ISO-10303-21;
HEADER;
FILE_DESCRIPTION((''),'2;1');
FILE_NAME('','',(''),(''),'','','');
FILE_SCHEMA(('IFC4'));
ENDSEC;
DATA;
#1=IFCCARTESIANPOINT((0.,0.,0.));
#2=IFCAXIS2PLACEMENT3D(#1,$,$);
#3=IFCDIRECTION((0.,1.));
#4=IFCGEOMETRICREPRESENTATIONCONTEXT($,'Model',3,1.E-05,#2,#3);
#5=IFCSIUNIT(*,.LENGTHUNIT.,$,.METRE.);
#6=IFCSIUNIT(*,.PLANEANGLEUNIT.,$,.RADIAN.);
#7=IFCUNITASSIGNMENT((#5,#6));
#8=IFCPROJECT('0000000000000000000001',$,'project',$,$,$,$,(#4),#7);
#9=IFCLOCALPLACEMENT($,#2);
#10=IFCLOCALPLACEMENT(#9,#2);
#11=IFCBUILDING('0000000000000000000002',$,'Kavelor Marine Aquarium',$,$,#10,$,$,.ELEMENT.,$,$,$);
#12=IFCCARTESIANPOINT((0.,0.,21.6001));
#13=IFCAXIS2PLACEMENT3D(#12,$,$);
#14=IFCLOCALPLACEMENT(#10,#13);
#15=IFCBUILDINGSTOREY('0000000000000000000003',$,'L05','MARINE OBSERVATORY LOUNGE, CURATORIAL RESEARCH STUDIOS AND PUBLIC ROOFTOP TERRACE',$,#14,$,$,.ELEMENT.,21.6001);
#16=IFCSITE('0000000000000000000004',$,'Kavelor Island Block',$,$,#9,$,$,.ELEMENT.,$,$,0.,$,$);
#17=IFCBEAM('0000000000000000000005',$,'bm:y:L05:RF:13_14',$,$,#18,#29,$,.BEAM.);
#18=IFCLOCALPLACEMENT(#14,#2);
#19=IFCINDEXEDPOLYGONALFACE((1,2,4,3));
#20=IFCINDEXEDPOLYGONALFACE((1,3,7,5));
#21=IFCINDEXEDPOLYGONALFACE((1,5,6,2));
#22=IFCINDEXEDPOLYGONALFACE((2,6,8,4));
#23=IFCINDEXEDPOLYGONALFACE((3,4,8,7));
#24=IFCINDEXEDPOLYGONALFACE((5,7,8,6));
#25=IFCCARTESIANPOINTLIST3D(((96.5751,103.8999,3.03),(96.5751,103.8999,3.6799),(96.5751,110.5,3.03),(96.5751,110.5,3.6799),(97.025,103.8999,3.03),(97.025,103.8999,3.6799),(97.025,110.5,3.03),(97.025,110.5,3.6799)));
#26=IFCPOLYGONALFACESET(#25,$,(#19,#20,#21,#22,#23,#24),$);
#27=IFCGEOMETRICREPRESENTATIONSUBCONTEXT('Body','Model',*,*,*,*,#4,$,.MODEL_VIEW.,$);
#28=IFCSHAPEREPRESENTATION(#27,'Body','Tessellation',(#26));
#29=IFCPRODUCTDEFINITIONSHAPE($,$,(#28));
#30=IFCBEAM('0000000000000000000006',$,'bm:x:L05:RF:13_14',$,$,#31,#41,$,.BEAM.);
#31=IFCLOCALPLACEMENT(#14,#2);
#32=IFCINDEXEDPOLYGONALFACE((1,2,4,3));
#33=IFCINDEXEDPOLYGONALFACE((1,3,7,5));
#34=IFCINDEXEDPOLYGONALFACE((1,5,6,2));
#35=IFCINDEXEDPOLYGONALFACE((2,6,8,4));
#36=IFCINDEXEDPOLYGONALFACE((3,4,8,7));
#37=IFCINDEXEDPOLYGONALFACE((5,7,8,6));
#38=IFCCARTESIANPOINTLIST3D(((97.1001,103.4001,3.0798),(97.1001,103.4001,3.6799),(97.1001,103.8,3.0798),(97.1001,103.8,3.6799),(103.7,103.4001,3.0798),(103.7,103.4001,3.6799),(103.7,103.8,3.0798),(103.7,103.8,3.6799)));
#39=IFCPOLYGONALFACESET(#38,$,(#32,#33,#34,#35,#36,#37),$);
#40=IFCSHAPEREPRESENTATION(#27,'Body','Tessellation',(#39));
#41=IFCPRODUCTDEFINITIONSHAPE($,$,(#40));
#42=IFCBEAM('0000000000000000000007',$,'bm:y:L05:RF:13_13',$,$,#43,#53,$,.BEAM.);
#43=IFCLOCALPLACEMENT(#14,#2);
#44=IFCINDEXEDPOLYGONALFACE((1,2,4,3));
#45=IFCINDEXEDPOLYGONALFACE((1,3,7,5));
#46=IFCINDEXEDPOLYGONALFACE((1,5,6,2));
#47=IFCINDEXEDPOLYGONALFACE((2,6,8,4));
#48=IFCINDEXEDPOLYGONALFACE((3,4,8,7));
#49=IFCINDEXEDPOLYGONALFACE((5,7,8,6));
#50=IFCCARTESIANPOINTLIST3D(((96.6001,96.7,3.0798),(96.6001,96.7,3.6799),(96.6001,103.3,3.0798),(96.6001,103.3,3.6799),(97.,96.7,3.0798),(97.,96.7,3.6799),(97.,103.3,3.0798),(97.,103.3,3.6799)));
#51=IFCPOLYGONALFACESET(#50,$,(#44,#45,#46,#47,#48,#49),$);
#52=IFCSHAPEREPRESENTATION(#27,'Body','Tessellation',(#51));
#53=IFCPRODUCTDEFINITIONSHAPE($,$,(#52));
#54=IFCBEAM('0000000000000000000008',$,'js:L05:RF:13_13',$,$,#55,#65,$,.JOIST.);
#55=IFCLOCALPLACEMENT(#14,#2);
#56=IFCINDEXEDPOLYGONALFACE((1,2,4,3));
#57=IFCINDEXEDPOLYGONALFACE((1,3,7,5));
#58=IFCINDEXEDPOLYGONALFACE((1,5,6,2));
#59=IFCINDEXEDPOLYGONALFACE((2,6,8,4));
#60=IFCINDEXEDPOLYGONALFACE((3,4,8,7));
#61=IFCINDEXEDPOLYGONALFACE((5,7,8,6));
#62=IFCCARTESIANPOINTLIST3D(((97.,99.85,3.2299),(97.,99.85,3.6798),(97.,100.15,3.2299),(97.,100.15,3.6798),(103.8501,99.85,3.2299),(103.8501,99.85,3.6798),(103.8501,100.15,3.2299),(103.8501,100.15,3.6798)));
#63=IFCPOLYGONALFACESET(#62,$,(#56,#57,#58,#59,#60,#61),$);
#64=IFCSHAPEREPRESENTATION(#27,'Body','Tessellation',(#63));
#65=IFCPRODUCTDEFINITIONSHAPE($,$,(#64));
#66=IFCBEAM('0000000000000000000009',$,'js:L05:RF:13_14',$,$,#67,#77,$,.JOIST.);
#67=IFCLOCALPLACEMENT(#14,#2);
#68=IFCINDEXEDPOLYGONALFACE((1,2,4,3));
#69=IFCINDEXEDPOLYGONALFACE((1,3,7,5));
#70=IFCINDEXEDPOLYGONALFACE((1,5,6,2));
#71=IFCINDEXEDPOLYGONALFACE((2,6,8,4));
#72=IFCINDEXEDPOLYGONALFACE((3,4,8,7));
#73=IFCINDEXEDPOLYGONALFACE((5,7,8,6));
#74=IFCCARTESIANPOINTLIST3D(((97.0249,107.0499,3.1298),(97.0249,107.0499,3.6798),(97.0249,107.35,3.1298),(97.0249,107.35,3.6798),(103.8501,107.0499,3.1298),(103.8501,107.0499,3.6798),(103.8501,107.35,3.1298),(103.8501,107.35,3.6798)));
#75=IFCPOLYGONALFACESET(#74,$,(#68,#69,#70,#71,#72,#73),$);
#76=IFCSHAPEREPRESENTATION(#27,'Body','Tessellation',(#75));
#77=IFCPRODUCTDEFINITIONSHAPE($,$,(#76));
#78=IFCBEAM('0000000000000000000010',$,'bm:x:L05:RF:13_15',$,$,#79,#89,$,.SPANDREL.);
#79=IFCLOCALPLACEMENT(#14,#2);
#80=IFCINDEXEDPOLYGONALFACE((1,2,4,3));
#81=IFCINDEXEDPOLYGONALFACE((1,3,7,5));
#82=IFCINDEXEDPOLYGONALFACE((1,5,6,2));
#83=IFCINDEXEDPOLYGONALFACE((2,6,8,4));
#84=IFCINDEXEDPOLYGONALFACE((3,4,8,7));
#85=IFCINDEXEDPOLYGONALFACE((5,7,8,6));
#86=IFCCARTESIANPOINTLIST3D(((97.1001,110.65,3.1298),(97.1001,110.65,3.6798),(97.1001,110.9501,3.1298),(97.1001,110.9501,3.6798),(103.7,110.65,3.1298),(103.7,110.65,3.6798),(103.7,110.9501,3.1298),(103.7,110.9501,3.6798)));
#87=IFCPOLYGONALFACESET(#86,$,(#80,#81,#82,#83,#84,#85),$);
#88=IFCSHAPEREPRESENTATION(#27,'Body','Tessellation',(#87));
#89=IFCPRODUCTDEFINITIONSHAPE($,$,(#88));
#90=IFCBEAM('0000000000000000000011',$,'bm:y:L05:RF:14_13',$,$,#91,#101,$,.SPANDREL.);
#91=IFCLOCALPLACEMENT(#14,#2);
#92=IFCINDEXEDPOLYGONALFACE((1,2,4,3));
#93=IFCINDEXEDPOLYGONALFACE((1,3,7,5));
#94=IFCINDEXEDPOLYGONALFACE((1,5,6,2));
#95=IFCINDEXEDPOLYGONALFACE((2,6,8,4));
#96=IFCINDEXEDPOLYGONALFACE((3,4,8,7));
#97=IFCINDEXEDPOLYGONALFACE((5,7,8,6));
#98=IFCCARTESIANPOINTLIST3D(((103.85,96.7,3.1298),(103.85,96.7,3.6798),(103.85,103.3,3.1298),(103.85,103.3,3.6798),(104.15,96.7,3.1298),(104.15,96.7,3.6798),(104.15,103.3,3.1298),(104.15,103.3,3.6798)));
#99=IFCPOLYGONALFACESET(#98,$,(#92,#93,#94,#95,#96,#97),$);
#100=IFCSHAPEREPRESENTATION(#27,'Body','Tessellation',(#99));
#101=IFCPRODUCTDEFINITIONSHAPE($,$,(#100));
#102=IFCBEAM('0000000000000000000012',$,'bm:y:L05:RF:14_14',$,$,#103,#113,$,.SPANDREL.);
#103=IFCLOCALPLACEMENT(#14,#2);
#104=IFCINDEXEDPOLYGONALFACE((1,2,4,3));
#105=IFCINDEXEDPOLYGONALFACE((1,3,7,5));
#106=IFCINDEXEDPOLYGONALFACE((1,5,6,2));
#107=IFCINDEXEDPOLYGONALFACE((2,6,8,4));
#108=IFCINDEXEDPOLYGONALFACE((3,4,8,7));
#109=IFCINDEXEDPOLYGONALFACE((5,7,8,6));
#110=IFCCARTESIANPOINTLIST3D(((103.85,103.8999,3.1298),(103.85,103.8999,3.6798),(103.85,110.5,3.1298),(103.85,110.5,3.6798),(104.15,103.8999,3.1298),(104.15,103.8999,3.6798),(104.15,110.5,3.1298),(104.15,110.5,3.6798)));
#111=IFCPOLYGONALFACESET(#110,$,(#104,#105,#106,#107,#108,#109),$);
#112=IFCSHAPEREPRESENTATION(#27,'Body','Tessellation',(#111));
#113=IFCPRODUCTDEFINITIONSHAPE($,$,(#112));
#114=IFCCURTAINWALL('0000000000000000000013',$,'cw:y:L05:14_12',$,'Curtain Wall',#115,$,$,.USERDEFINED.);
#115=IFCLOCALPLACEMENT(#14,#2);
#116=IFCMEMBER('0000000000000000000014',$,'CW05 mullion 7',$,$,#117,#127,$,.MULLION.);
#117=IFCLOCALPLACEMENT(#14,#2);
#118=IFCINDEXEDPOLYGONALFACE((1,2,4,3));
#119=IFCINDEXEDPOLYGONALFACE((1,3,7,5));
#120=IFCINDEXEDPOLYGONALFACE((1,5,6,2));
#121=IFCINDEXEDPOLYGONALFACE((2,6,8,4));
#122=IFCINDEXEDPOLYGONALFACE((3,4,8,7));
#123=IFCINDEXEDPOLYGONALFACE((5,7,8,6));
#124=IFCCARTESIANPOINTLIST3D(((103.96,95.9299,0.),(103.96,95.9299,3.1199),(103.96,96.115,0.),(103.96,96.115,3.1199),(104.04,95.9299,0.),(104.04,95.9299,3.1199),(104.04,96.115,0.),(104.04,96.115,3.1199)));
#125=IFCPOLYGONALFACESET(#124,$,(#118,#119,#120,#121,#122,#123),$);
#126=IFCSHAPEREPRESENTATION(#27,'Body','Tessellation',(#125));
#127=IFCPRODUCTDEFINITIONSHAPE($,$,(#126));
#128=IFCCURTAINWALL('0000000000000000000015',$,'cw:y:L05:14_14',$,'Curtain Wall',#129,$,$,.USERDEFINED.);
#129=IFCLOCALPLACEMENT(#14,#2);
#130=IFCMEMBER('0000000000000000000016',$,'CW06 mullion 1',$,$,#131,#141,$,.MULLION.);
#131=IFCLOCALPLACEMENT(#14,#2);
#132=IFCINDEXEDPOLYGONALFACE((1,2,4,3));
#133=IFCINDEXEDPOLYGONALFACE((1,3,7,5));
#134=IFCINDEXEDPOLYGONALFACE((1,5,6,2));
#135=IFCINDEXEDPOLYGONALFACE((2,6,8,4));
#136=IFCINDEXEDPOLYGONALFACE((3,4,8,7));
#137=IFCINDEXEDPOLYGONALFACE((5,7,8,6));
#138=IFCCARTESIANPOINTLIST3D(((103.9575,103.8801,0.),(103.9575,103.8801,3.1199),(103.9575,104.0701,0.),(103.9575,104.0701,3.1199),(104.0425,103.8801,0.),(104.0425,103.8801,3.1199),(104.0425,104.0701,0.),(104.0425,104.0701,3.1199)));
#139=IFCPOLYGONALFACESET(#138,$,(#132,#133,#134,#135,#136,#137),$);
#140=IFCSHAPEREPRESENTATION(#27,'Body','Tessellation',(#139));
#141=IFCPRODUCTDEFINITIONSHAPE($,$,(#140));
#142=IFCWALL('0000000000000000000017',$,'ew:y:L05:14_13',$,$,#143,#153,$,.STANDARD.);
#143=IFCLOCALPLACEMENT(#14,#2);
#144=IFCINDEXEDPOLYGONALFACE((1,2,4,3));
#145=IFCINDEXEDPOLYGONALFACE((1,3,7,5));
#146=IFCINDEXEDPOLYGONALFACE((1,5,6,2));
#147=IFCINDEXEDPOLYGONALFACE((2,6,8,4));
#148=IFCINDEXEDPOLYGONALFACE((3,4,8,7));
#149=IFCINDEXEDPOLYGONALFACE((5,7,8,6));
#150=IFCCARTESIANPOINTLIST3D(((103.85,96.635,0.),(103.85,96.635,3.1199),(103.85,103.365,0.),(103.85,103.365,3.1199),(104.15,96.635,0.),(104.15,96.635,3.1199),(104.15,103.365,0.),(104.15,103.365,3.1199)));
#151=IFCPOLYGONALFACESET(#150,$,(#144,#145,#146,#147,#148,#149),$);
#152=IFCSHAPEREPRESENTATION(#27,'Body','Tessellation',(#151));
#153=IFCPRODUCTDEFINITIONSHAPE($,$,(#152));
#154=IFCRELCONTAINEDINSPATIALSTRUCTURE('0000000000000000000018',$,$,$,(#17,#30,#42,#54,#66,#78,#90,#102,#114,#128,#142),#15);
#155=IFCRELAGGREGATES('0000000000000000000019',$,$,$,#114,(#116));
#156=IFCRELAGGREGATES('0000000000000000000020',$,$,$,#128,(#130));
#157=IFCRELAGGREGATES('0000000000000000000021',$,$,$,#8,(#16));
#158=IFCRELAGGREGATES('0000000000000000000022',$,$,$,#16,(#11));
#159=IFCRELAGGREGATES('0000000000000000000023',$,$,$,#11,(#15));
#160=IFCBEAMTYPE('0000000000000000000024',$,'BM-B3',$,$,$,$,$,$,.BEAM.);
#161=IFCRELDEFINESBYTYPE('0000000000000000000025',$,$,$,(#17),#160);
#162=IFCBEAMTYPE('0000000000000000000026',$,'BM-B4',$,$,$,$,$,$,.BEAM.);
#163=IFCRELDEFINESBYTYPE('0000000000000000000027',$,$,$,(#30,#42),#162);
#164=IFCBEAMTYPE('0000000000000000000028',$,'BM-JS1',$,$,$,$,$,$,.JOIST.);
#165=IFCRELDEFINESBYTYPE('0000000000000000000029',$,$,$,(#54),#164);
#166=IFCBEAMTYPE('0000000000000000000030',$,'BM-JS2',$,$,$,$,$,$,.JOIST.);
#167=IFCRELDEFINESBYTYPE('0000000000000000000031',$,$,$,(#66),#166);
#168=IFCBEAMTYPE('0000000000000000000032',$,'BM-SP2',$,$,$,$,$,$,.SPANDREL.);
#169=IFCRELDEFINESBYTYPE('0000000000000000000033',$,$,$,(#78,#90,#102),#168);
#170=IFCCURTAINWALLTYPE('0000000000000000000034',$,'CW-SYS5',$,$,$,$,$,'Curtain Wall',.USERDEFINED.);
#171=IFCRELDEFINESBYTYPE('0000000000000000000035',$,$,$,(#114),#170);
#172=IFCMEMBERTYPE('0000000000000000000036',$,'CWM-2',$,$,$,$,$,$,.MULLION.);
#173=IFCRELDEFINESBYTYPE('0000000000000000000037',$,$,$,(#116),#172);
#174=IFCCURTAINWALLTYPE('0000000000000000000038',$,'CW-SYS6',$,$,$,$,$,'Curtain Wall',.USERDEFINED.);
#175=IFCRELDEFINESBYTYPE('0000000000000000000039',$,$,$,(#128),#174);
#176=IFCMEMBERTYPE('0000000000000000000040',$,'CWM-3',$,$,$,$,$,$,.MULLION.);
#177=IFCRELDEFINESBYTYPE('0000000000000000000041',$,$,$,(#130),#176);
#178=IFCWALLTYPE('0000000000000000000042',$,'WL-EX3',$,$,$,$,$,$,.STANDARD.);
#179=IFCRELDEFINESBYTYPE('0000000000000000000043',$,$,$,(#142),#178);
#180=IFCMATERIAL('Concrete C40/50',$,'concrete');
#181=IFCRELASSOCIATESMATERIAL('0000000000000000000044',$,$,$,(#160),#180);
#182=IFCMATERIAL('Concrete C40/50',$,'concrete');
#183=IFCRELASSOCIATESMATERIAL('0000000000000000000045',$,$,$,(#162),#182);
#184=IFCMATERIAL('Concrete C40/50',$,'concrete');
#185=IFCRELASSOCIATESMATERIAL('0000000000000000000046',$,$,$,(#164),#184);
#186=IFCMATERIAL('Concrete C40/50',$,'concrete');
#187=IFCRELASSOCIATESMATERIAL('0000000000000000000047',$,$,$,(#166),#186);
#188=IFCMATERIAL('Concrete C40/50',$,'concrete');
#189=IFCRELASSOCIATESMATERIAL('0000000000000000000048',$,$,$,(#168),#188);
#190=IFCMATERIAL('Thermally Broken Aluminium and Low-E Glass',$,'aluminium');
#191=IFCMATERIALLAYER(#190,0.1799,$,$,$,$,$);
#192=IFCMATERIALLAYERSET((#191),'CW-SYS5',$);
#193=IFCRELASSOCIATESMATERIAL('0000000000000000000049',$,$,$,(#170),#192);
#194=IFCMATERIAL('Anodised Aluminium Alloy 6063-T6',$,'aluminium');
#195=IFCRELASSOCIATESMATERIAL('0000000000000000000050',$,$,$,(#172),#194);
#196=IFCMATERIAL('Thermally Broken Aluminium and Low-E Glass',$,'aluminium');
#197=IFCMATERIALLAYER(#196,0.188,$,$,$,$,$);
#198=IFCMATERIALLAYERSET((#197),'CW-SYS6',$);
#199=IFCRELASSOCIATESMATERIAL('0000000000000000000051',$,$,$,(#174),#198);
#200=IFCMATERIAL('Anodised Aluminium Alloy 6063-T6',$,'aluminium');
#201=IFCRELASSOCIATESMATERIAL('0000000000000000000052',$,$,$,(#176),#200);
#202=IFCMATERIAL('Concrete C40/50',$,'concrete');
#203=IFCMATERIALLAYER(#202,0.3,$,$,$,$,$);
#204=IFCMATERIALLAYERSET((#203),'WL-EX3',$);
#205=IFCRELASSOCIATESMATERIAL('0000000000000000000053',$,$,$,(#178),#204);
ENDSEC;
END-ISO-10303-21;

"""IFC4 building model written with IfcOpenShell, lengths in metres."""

from ifc_helpers import new_model, si_unit, direction, frame, frame_2d, origin, origin_2d, place, context, subcontext, project, spatial, rectangle, extrude, material, layer, layer_set, material_profile, profile_set, type_object, element, aggregate, save


model = new_model("IFC4")

# Units and contexts
model_context = context("Model", 3, precision=1e-05, world=origin(), true_north=direction((0.0, 1.0)))
body_context = subcontext(model_context, "Body", "Model", "MODEL_VIEW")
ifc_project = project(units=[si_unit("LENGTHUNIT", "METRE"), si_unit("PLANEANGLEUNIT", "RADIAN")], contexts=[model_context])

# Site, building, storey
site_placement = place(None, origin())
site = spatial("IfcSite", under=ifc_project, at=site_placement, Name="Kavelor Island Block", CompositionType="ELEMENT", RefElevation=0.0)
building_placement = place(site_placement, origin())
building = spatial("IfcBuilding", under=site, at=building_placement, Name="Kavelor Marine Aquarium", CompositionType="ELEMENT")
storey_placement = place(building_placement, frame((0.0, 0.0, 21.6001)))
storey = spatial("IfcBuildingStorey", under=building, at=storey_placement, Name="L05", Description="MARINE OBSERVATORY LOUNGE, CURATORIAL RESEARCH STUDIOS AND PUBLIC ROOFTOP TERRACE", CompositionType="ELEMENT", Elevation=21.6001)

# Beams
ifc_material_1 = material(Name="Concrete C40/50", Category="concrete")
ifc_material_profile_1 = material_profile(ifc_material_1, rectangle(XDim=0.45, YDim=0.6499, at=origin_2d()), Name="RC-BM 450x650")
ifc_profile_set_1 = profile_set([ifc_material_profile_1], Name="Concrete C40/50")
beam_type_1 = type_object("IfcBeamType", Name="BM-B3", PredefinedType="BEAM", material=ifc_profile_set_1)
beam_1_placement = place(storey_placement, frame((96.8, 103.8999, 3.355), z_axis=(0.0, 1.0, 0.0), x_axis=(-1.0, 0.0, 0.0)))
element("IfcBeam", 1, at=beam_1_placement, inside=storey, type_object=beam_type_1, Name="bm:y:L05:RF:13_14", PredefinedType="BEAM", context=body_context, shape_type="SweptSolid", body=[
    extrude(rectangle(XDim=0.45, YDim=0.6499, at=origin_2d()), origin(), (0.0, 0.0, 1.0), 6.6001),
])
ifc_material_2 = material(Name="Concrete C40/50", Category="concrete")
ifc_material_profile_2 = material_profile(ifc_material_2, rectangle(XDim=0.3999, YDim=0.6001, at=origin_2d()), Name="RC-BM 400x600")
ifc_profile_set_2 = profile_set([ifc_material_profile_2], Name="Concrete C40/50")
beam_type_2 = type_object("IfcBeamType", Name="BM-B4", PredefinedType="BEAM", material=ifc_profile_set_2)
beam_2_placement = place(storey_placement, frame((97.1001, 103.6001, 3.3799), z_axis=(1.0, 0.0, 0.0), x_axis=(0.0, 1.0, 0.0)))
element("IfcBeam", 2, at=beam_2_placement, inside=storey, type_object=beam_type_2, Name="bm:x:L05:RF:13_14", PredefinedType="BEAM", context=body_context, shape_type="SweptSolid", body=[
    extrude(rectangle(XDim=0.3999, YDim=0.6001, at=origin_2d()), origin(), (0.0, 0.0, 1.0), 6.5999),
])
beam_3_placement = place(storey_placement, frame((96.8, 96.7, 3.3799), z_axis=(0.0, 1.0, 0.0), x_axis=(-1.0, 0.0, 0.0)))
element("IfcBeam", 3, at=beam_3_placement, inside=storey, type_object=beam_type_2, Name="bm:y:L05:RF:13_13", PredefinedType="BEAM", context=body_context, shape_type="SweptSolid", body=[
    extrude(rectangle(XDim=0.3999, YDim=0.6001, at=origin_2d()), origin(), (0.0, 0.0, 1.0), 6.6001),
])
ifc_material_3 = material(Name="Concrete C40/50", Category="concrete")
ifc_material_profile_3 = material_profile(ifc_material_3, rectangle(XDim=0.3, YDim=0.45, at=origin_2d()), Name="RC-JS 300x450")
ifc_profile_set_3 = profile_set([ifc_material_profile_3], Name="Concrete C40/50")
beam_type_3 = type_object("IfcBeamType", Name="BM-JS1", PredefinedType="JOIST", material=ifc_profile_set_3)
beam_4_placement = place(storey_placement, frame((97.0, 100.0, 3.4548), z_axis=(1.0, 0.0, 0.0), x_axis=(0.0, 1.0, 0.0)))
element("IfcBeam", 4, at=beam_4_placement, inside=storey, type_object=beam_type_3, Name="js:L05:RF:13_13", PredefinedType="JOIST", context=body_context, shape_type="SweptSolid", body=[
    extrude(rectangle(XDim=0.3, YDim=0.45, at=origin_2d()), origin(), (0.0, 0.0, 1.0), 6.8501),
])
ifc_material_4 = material(Name="Concrete C40/50", Category="concrete")
ifc_material_profile_4 = material_profile(ifc_material_4, rectangle(XDim=0.3, YDim=0.55, at=origin_2d()), Name="RC-JS 300x550")
ifc_profile_set_4 = profile_set([ifc_material_profile_4], Name="Concrete C40/50")
beam_type_4 = type_object("IfcBeamType", Name="BM-JS2", PredefinedType="JOIST", material=ifc_profile_set_4)
beam_5_placement = place(storey_placement, frame((97.0249, 107.2, 3.4048), z_axis=(1.0, 0.0, 0.0), x_axis=(0.0, 1.0, 0.0)))
element("IfcBeam", 5, at=beam_5_placement, inside=storey, type_object=beam_type_4, Name="js:L05:RF:13_14", PredefinedType="JOIST", context=body_context, shape_type="SweptSolid", body=[
    extrude(rectangle(XDim=0.3, YDim=0.55, at=origin_2d()), origin(), (0.0, 0.0, 1.0), 6.8252),
])
ifc_material_5 = material(Name="Concrete C40/50", Category="concrete")
ifc_material_profile_5 = material_profile(ifc_material_5, rectangle(XDim=0.3, YDim=0.55, at=origin_2d()), Name="RC-SP 300x550")
ifc_profile_set_5 = profile_set([ifc_material_profile_5], Name="Concrete C40/50")
beam_type_5 = type_object("IfcBeamType", Name="BM-SP2", PredefinedType="SPANDREL", material=ifc_profile_set_5)
beam_6_placement = place(storey_placement, frame((97.1001, 110.8, 3.4048), z_axis=(1.0, 0.0, 0.0), x_axis=(0.0, 1.0, 0.0)))
element("IfcBeam", 6, at=beam_6_placement, inside=storey, type_object=beam_type_5, Name="bm:x:L05:RF:13_15", PredefinedType="SPANDREL", context=body_context, shape_type="SweptSolid", body=[
    extrude(rectangle(XDim=0.3, YDim=0.55, at=origin_2d()), origin(), (0.0, 0.0, 1.0), 6.5999),
])
for number, where, z_axis, x_axis, name in (
    (7, (104.0, 96.7, 3.4048), (0.0, 1.0, 0.0), (-1.0, 0.0, 0.0), "bm:y:L05:RF:14_13"),
    (8, (104.0, 103.8999, 3.4048), (0.0, 1.0, 0.0), (-1.0, 0.0, 0.0), "bm:y:L05:RF:14_14"),
):
    element("IfcBeam", number, at=place(storey_placement, frame(where, z_axis=z_axis, x_axis=x_axis)), inside=storey, type_object=beam_type_5, Name=name, PredefinedType="SPANDREL", context=body_context, shape_type="SweptSolid", body=[
        extrude(rectangle(XDim=0.3, YDim=0.55, at=origin_2d()), origin(), (0.0, 0.0, 1.0), 6.6001),
    ])

# Curtain walls, members
ifc_material_6 = material(Name="Thermally Broken Aluminium and Low-E Glass", Category="aluminium")
ifc_layer_1 = layer(ifc_material_6, 0.1799)
ifc_layer_set_1 = layer_set([ifc_layer_1], Name="CW-SYS5")
curtain_wall_type_1 = type_object("IfcCurtainWallType", Name="CW-SYS5", ElementType="Curtain Wall", PredefinedType="USERDEFINED", material=ifc_layer_set_1)
curtain_wall_1_placement = place(storey_placement, origin())
curtain_wall_1 = element("IfcCurtainWall", 9, at=curtain_wall_1_placement, inside=storey, type_object=curtain_wall_type_1, Name="cw:y:L05:14_12", ObjectType="Curtain Wall", PredefinedType="USERDEFINED")
ifc_material_7 = material(Name="Anodised Aluminium Alloy 6063-T6", Category="aluminium")
ifc_material_profile_6 = material_profile(ifc_material_7, rectangle(XDim=0.0801, YDim=0.1851, at=origin_2d()), Name="CW-MUL 80x185")
ifc_profile_set_6 = profile_set([ifc_material_profile_6], Name="Anodised Aluminium Alloy 6063-T6")
member_type_1 = type_object("IfcMemberType", Name="CWM-2", PredefinedType="MULLION", material=ifc_profile_set_6)
member_1_placement = place(storey_placement, frame((104.0, 96.0225, 0.0), z_axis=(0.0, 0.0, 1.0), x_axis=(-1.0, 0.0, 0.0)))
member_1 = element("IfcMember", 10, at=member_1_placement, type_object=member_type_1, Name="CW05 mullion 7", PredefinedType="MULLION", context=body_context, shape_type="SweptSolid", body=[
    extrude(rectangle(XDim=0.0801, YDim=0.1851, at=origin_2d()), origin(), (0.0, 0.0, 1.0), 3.1199),
])
aggregate(curtain_wall_1, [member_1])
ifc_material_8 = material(Name="Thermally Broken Aluminium and Low-E Glass", Category="aluminium")
ifc_layer_2 = layer(ifc_material_8, 0.188)
ifc_layer_set_2 = layer_set([ifc_layer_2], Name="CW-SYS6")
curtain_wall_type_2 = type_object("IfcCurtainWallType", Name="CW-SYS6", ElementType="Curtain Wall", PredefinedType="USERDEFINED", material=ifc_layer_set_2)
curtain_wall_2_placement = place(storey_placement, origin())
curtain_wall_2 = element("IfcCurtainWall", 11, at=curtain_wall_2_placement, inside=storey, type_object=curtain_wall_type_2, Name="cw:y:L05:14_14", ObjectType="Curtain Wall", PredefinedType="USERDEFINED")
ifc_material_9 = material(Name="Anodised Aluminium Alloy 6063-T6", Category="aluminium")
ifc_material_profile_7 = material_profile(ifc_material_9, rectangle(XDim=0.085, YDim=0.1899, at=origin_2d()), Name="CW-MUL 85x190")
ifc_profile_set_7 = profile_set([ifc_material_profile_7], Name="Anodised Aluminium Alloy 6063-T6")
member_type_2 = type_object("IfcMemberType", Name="CWM-3", PredefinedType="MULLION", material=ifc_profile_set_7)
member_2_placement = place(storey_placement, frame((104.0, 103.9751, 0.0), z_axis=(0.0, 0.0, 1.0), x_axis=(-1.0, 0.0, 0.0)))
member_2 = element("IfcMember", 12, at=member_2_placement, type_object=member_type_2, Name="CW06 mullion 1", PredefinedType="MULLION", context=body_context, shape_type="SweptSolid", body=[
    extrude(rectangle(XDim=0.085, YDim=0.1899, at=origin_2d()), origin(), (0.0, 0.0, 1.0), 3.1199),
])
aggregate(curtain_wall_2, [member_2])

# Wall
ifc_material_10 = material(Name="Concrete C40/50", Category="concrete")
ifc_layer_3 = layer(ifc_material_10, 0.3)
ifc_layer_set_3 = layer_set([ifc_layer_3], Name="WL-EX3")
wall_type_1 = type_object("IfcWallType", Name="WL-EX3", PredefinedType="STANDARD", material=ifc_layer_set_3)
wall_1_placement = place(storey_placement, frame((104.0, 103.365, 0.0), z_axis=(0.0, 0.0, 1.0), x_axis=(0.0, -1.0, 0.0)))
element("IfcWall", 13, at=wall_1_placement, inside=storey, type_object=wall_type_1, Name="ew:y:L05:14_13", PredefinedType="STANDARD", context=body_context, shape_type="SweptSolid", body=[
    extrude(rectangle(XDim=6.73, YDim=0.3, at=frame_2d((3.365, 0.0))), origin(), (0.0, 0.0, 1.0), 3.1199),
])

save(model, "model.ifc")
